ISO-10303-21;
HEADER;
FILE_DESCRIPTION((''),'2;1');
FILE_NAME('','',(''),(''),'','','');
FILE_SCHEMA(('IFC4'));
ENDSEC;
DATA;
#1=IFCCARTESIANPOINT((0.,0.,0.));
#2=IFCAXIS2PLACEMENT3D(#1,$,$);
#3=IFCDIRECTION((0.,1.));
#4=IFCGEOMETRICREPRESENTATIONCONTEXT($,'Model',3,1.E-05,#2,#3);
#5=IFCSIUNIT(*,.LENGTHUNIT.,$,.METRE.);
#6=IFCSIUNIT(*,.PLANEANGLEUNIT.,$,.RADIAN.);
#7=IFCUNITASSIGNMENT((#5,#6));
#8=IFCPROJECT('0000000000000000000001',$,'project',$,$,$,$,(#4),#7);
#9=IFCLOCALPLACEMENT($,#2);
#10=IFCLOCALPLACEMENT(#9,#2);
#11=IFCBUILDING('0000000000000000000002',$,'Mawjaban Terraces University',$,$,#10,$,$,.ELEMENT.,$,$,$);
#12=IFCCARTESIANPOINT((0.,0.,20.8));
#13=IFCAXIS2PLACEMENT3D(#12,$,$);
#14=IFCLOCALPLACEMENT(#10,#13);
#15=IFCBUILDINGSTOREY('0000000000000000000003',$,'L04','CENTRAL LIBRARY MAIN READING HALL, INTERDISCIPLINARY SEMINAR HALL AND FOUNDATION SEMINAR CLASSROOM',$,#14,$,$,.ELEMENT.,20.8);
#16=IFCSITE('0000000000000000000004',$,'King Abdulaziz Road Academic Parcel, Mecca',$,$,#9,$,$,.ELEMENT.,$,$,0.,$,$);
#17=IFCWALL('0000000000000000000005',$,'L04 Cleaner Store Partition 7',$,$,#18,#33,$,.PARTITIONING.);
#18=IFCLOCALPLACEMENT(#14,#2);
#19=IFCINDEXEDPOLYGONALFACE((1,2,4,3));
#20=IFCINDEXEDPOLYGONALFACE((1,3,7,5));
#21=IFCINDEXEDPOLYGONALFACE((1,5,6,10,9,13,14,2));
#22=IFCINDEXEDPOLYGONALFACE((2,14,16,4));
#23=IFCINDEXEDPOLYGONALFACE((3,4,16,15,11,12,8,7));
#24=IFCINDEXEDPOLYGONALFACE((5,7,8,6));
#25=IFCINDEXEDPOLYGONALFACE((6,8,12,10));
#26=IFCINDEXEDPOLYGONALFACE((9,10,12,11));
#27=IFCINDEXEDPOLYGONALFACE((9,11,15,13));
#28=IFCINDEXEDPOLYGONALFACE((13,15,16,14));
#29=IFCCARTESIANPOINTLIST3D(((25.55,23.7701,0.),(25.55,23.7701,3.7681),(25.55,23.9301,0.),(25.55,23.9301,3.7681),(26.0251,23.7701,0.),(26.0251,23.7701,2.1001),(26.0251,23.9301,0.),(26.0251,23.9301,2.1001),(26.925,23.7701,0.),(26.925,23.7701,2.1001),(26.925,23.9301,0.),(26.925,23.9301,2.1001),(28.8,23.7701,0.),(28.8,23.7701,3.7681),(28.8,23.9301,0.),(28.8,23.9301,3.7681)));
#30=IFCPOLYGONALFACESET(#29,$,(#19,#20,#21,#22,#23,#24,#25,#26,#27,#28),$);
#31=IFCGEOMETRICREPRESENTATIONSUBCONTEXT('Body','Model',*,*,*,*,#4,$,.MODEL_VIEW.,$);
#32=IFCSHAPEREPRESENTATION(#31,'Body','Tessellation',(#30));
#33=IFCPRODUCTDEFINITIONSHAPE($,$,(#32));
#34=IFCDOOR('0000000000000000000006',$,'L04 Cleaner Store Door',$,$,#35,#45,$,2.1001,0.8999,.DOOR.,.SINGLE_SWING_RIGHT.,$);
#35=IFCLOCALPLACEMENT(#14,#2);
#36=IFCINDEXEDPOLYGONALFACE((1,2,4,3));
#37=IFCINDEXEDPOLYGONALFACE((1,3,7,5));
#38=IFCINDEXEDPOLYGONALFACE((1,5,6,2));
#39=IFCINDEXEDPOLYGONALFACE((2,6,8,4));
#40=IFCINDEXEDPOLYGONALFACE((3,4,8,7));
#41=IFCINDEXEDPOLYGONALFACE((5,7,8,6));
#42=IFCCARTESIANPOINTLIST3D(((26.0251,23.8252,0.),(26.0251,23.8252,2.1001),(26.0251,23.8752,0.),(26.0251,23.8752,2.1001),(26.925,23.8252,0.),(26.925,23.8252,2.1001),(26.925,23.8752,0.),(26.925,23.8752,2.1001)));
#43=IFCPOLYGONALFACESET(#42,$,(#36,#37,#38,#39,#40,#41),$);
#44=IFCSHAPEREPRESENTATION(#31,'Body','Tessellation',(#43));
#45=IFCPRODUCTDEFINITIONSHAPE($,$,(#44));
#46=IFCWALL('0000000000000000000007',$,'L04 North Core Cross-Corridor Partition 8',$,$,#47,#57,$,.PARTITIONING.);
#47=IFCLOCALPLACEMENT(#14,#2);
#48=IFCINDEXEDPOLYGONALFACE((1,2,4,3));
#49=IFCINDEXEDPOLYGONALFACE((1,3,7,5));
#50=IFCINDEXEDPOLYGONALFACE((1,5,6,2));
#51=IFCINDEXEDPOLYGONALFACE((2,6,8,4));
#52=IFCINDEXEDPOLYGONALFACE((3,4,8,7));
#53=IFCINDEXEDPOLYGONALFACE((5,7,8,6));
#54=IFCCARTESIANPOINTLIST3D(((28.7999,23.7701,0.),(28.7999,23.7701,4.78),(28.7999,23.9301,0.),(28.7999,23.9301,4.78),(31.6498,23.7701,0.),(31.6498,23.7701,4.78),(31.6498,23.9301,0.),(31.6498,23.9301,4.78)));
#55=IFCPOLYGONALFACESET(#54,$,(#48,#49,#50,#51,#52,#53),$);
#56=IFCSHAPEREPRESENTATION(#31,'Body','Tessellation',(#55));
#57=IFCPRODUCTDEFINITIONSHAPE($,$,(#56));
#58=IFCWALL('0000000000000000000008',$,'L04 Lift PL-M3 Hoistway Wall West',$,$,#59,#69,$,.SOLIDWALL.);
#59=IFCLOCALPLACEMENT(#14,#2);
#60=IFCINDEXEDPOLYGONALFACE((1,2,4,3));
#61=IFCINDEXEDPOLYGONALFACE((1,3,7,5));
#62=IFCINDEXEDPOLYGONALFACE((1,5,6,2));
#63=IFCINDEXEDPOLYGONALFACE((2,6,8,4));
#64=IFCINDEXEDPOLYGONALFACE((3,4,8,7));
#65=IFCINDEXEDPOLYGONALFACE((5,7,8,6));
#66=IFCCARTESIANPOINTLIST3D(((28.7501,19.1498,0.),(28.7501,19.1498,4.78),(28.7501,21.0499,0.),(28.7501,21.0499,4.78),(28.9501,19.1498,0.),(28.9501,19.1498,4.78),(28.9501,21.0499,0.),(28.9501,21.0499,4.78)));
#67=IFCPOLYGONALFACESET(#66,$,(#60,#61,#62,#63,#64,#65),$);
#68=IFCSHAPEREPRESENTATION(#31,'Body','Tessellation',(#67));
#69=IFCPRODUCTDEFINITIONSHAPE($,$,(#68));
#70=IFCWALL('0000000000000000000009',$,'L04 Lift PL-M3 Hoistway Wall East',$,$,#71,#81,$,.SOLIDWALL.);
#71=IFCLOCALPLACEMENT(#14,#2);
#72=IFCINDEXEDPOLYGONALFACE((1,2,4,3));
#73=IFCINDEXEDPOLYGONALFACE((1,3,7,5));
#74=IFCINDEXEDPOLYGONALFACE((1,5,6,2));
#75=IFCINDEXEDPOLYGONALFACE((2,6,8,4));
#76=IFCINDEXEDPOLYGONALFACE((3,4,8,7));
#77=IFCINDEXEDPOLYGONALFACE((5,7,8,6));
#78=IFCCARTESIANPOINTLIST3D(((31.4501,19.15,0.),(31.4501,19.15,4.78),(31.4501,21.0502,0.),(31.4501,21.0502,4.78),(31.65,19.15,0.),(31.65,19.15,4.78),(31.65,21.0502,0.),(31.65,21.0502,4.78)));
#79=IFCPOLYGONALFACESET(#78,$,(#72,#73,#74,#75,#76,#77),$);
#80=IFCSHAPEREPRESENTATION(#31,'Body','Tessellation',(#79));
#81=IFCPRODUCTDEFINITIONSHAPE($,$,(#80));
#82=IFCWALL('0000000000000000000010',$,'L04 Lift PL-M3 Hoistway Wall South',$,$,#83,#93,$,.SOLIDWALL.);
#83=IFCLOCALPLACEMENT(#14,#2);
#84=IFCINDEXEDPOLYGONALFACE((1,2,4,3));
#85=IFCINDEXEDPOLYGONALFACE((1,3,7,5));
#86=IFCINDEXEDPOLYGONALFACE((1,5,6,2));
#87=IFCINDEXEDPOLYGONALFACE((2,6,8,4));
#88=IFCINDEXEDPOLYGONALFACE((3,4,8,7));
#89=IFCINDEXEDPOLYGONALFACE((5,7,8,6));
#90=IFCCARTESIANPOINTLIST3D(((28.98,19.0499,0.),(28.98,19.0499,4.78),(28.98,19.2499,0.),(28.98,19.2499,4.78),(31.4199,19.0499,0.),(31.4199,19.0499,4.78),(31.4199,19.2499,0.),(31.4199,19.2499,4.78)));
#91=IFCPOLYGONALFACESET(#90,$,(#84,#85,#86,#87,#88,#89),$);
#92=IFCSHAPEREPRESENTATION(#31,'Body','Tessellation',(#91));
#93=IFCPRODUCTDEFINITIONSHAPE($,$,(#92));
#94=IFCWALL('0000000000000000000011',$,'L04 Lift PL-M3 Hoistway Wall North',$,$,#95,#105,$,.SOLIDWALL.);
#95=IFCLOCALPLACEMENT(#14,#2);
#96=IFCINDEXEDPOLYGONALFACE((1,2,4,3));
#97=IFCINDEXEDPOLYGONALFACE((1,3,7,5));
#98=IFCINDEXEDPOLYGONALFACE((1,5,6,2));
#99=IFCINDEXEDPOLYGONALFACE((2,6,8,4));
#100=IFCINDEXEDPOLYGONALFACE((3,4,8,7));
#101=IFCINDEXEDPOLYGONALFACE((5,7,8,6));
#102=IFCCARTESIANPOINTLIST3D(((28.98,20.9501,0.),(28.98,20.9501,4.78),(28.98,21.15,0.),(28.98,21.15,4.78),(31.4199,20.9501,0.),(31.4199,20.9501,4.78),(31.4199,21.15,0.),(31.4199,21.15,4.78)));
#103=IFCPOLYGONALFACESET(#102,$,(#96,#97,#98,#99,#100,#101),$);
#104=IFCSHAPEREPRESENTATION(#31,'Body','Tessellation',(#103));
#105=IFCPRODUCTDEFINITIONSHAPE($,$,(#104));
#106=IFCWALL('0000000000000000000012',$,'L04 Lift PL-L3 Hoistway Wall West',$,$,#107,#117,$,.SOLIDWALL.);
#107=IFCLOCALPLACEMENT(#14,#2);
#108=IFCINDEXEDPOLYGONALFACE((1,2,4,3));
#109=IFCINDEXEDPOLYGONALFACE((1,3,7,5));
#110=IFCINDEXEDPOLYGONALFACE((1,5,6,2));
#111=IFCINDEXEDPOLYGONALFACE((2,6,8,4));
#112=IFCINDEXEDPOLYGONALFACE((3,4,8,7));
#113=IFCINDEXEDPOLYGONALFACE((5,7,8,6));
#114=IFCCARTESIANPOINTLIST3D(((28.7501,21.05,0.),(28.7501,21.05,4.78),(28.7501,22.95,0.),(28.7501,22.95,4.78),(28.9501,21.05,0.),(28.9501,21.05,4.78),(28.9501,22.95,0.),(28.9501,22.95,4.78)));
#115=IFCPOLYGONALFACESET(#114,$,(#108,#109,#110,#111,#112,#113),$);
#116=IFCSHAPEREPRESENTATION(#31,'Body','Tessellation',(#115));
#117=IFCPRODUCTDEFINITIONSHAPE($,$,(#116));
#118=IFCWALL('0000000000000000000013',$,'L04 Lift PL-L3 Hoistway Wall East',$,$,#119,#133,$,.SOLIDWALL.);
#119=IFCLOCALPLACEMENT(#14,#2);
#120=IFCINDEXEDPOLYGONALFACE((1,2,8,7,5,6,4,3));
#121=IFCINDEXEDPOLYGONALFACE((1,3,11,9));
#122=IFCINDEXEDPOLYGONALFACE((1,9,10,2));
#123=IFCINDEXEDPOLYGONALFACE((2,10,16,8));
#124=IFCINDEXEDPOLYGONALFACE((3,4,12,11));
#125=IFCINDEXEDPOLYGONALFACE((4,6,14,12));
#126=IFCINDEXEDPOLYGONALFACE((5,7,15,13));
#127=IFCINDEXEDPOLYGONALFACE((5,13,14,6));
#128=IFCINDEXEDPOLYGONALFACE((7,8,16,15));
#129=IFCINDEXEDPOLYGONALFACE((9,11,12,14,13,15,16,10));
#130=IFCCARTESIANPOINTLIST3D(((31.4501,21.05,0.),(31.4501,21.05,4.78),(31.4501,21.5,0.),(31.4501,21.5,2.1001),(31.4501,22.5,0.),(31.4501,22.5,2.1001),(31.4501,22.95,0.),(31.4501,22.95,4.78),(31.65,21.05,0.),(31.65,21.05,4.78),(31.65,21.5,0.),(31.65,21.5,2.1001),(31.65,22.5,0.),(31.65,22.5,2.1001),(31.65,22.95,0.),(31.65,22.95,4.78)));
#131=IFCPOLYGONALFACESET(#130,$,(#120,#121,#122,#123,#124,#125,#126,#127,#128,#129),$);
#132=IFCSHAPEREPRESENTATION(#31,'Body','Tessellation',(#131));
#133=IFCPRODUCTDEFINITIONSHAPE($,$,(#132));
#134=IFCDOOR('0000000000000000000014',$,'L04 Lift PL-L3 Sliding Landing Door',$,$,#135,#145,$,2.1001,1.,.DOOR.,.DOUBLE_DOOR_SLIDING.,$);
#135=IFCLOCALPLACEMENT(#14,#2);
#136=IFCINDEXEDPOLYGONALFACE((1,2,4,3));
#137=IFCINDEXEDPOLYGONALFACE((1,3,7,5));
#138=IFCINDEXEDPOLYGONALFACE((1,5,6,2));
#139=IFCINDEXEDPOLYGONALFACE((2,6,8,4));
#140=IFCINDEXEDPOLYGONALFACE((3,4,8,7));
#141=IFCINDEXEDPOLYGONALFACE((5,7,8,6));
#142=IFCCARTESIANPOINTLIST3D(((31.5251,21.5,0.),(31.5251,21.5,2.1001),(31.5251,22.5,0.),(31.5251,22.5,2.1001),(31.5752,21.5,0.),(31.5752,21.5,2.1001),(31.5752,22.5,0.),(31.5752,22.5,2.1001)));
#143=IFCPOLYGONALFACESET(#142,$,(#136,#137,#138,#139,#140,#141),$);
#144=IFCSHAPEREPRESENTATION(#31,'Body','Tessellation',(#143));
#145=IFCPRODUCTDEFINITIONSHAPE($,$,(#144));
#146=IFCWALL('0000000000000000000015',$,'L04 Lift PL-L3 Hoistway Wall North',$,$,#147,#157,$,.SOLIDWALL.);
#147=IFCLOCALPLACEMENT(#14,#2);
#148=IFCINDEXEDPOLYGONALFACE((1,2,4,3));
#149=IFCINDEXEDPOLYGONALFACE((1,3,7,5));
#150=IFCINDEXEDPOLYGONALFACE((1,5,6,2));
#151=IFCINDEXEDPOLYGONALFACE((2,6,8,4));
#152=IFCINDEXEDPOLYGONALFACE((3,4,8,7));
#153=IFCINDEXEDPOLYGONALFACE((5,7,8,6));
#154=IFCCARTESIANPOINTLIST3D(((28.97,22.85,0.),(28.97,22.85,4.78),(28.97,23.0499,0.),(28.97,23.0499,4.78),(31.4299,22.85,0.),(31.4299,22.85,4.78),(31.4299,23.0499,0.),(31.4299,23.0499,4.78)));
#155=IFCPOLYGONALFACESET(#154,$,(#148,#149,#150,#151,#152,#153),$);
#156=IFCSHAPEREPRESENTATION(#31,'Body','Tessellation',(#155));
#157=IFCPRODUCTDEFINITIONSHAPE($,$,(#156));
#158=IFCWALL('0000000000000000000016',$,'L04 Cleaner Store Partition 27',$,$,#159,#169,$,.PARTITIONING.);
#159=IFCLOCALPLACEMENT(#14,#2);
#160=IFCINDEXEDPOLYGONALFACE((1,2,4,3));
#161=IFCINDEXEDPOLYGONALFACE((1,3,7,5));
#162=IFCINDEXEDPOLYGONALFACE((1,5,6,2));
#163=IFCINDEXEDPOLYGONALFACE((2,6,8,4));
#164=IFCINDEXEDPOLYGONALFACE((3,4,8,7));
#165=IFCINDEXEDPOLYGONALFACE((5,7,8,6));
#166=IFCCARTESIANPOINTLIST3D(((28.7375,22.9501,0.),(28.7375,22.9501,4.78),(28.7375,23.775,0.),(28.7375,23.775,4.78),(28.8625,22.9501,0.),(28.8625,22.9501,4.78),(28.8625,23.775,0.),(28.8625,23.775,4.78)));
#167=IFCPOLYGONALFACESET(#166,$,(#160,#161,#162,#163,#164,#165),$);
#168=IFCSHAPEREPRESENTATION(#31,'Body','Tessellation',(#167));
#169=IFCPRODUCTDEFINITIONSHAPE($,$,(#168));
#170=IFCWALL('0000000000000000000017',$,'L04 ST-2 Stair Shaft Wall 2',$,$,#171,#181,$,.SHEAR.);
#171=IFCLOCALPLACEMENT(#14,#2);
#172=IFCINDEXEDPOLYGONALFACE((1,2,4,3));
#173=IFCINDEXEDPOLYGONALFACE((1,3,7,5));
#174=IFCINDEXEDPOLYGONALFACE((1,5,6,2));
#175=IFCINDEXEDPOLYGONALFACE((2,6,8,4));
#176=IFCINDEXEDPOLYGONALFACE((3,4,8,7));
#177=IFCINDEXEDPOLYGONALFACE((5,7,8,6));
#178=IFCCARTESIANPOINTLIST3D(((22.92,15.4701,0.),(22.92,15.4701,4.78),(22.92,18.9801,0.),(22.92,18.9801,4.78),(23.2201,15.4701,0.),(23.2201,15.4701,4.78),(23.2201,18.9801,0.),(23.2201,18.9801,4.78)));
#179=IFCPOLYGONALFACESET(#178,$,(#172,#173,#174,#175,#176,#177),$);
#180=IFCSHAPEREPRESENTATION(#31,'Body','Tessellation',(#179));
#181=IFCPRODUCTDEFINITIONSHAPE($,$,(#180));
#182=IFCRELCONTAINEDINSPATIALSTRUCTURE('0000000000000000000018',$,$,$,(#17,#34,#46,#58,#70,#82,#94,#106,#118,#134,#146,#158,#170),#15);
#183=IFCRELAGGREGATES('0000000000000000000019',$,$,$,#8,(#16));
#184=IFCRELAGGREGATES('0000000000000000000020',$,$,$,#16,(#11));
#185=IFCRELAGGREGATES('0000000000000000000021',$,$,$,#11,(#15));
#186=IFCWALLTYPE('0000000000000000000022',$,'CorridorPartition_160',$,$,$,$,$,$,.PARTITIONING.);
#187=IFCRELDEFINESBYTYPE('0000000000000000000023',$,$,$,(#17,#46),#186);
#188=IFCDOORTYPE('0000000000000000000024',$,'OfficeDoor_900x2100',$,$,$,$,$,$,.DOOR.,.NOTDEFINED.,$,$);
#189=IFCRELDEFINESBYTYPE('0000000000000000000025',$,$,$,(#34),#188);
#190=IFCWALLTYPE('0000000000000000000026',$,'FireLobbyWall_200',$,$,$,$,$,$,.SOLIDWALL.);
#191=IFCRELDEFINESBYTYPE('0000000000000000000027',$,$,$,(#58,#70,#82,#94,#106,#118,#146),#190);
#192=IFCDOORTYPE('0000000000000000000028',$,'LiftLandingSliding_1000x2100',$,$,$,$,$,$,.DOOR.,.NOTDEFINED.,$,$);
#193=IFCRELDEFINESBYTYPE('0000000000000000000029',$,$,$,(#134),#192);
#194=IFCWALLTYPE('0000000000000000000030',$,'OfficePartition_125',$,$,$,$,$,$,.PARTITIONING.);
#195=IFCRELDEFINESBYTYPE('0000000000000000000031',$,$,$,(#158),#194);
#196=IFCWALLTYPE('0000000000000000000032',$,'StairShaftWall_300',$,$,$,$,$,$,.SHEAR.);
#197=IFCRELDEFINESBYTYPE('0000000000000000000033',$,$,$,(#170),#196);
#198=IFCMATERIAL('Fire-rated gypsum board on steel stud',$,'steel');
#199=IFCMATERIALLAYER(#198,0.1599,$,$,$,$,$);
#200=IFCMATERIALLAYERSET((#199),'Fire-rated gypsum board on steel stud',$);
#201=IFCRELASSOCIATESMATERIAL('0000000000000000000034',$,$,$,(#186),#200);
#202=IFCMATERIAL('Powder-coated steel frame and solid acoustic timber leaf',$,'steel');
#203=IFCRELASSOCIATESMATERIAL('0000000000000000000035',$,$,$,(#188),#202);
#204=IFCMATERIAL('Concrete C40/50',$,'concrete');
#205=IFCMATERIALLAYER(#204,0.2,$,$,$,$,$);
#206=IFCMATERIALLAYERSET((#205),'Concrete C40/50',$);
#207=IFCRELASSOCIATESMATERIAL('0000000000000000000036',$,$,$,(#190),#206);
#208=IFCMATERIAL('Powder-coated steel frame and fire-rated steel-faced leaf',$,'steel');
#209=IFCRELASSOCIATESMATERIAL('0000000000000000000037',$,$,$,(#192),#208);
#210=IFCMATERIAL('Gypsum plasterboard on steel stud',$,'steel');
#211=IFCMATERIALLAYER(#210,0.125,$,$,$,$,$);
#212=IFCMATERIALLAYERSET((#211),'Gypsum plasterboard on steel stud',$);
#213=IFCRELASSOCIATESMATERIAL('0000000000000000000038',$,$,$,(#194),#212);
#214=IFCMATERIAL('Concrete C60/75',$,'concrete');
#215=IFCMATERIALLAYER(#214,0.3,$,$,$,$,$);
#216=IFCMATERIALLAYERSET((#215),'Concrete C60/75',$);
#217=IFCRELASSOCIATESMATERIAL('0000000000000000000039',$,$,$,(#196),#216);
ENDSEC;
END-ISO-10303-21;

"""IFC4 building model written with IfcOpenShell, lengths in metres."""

from ifc_helpers import new_model, si_unit, direction, frame, frame_2d, origin, place, context, subcontext, project, spatial, rectangle, extrude, material, layer, layer_set, type_object, element, fill, save


model = new_model("IFC4")

# Units and contexts
model_context = context("Model", 3, precision=1e-05, world=origin(), true_north=direction((0.0, 1.0)))
body_context = subcontext(model_context, "Body", "Model", "MODEL_VIEW")
ifc_project = project(units=[si_unit("LENGTHUNIT", "METRE"), si_unit("PLANEANGLEUNIT", "RADIAN")], contexts=[model_context])

# Site, building, storey
site_placement = place(None, origin())
site = spatial("IfcSite", under=ifc_project, at=site_placement, Name="King Abdulaziz Road Academic Parcel, Mecca", CompositionType="ELEMENT", RefElevation=0.0)
building_placement = place(site_placement, origin())
building = spatial("IfcBuilding", under=site, at=building_placement, Name="Mawjaban Terraces University", CompositionType="ELEMENT")
storey_placement = place(building_placement, frame((0.0, 0.0, 20.8)))
storey = spatial("IfcBuildingStorey", under=building, at=storey_placement, Name="L04", Description="CENTRAL LIBRARY MAIN READING HALL, INTERDISCIPLINARY SEMINAR HALL AND FOUNDATION SEMINAR CLASSROOM", CompositionType="ELEMENT", Elevation=20.8)

# Wall, opening, door
ifc_material_1 = material(Name="Fire-rated gypsum board on steel stud", Category="steel")
ifc_layer_1 = layer(ifc_material_1, 0.1599)
ifc_layer_set_1 = layer_set([ifc_layer_1], Name="Fire-rated gypsum board on steel stud")
wall_type_1 = type_object("IfcWallType", Name="CorridorPartition_160", PredefinedType="PARTITIONING", material=ifc_layer_set_1)
ifc_material_2 = material(Name="Powder-coated steel frame and solid acoustic timber leaf", Category="steel")
wall_1_placement = place(storey_placement, frame((28.8, 23.8501, 0.0), z_axis=(0.0, 0.0, 1.0), x_axis=(-1.0, 0.0, 0.0)))
wall_1 = element("IfcWall", 1, at=wall_1_placement, inside=storey, type_object=wall_type_1, Name="L04 Cleaner Store Partition 7", PredefinedType="PARTITIONING", context=body_context, shape_type="SweptSolid", body=[
    extrude(rectangle(XDim=3.25, YDim=0.1599, at=frame_2d((1.625, 0.0))), origin(), (0.0, 0.0, 1.0), 3.7681),
])
opening_1_placement = place(wall_1_placement, frame((1.875, 0.0, 0.0)))
opening_1 = element("IfcOpeningElement", 2, at=opening_1_placement, cuts=wall_1, PredefinedType="OPENING", context=body_context, shape_type="SweptSolid", body=[
    extrude(rectangle(XDim=0.8999, YDim=2.1001, at=frame_2d((0.45, 1.05))), frame((0.0, 0.0898, 0.0), z_axis=(0.0, -1.0, 0.0), x_axis=(1.0, 0.0, 0.0)), (0.0, 0.0, 1.0), 0.1799),
])
door_type_1 = type_object("IfcDoorType", Name="OfficeDoor_900x2100", OperationType="NOTDEFINED", PredefinedType="DOOR", material=ifc_material_2)
door_1_placement = place(opening_1_placement, origin())
door_1 = element("IfcDoor", 3, at=door_1_placement, inside=storey, type_object=door_type_1, Name="L04 Cleaner Store Door", OperationType="SINGLE_SWING_RIGHT", OverallHeight=2.1001, OverallWidth=0.8999, PredefinedType="DOOR", context=body_context, shape_type="SweptSolid", body=[
    extrude(rectangle(XDim=0.8999, YDim=2.1001, at=frame_2d((0.45, 1.05))), frame((0.0, 0.0249, 0.0), z_axis=(0.0, -1.0, 0.0), x_axis=(1.0, 0.0, 0.0)), (0.0, 0.0, 1.0), 0.05),
])
fill(opening_1, door_1)

# Walls
wall_2_placement = place(storey_placement, frame((28.8, 23.8501, 0.0), z_axis=(0.0, 0.0, 1.0), x_axis=(1.0, 0.0, 0.0)))
element("IfcWall", 4, at=wall_2_placement, inside=storey, type_object=wall_type_1, Name="L04 North Core Cross-Corridor Partition 8", PredefinedType="PARTITIONING", context=body_context, shape_type="SweptSolid", body=[
    extrude(rectangle(XDim=2.8499, YDim=0.1599, at=frame_2d((1.4248, 0.0))), origin(), (0.0, 0.0, 1.0), 4.78),
])
ifc_material_3 = material(Name="Concrete C40/50", Category="concrete")
ifc_layer_2 = layer(ifc_material_3, 0.2)
ifc_layer_set_2 = layer_set([ifc_layer_2], Name="Concrete C40/50")
wall_type_2 = type_object("IfcWallType", Name="FireLobbyWall_200", PredefinedType="SOLIDWALL", material=ifc_layer_set_2)
for number, where, z_axis, x_axis, name in (
    (5, (28.8501, 21.05, 0.0), (0.0, 0.0, 1.0), (0.0, -1.0, 0.0), "L04 Lift PL-M3 Hoistway Wall West"),
    (6, (31.55, 19.1499, 0.0), (0.0, 0.0, 1.0), (0.0, 1.0, 0.0), "L04 Lift PL-M3 Hoistway Wall East"),
):
    element("IfcWall", number, at=place(storey_placement, frame(where, z_axis=z_axis, x_axis=x_axis)), inside=storey, type_object=wall_type_2, Name=name, PredefinedType="SOLIDWALL", context=body_context, shape_type="SweptSolid", body=[
        extrude(rectangle(XDim=1.9001, YDim=0.2, at=frame_2d((0.9502, 0.0))), origin(), (0.0, 0.0, 1.0), 4.78),
    ])
for number, where, z_axis, x_axis, name in (
    (7, (28.98, 19.1499, 0.0), (0.0, 0.0, 1.0), (1.0, 0.0, 0.0), "L04 Lift PL-M3 Hoistway Wall South"),
    (8, (31.4199, 21.05, 0.0), (0.0, 0.0, 1.0), (-1.0, 0.0, 0.0), "L04 Lift PL-M3 Hoistway Wall North"),
):
    element("IfcWall", number, at=place(storey_placement, frame(where, z_axis=z_axis, x_axis=x_axis)), inside=storey, type_object=wall_type_2, Name=name, PredefinedType="SOLIDWALL", context=body_context, shape_type="SweptSolid", body=[
        extrude(rectangle(XDim=2.4399, YDim=0.2, at=frame_2d((1.22, 0.0))), origin(), (0.0, 0.0, 1.0), 4.78),
    ])
wall_3_placement = place(storey_placement, frame((28.8501, 22.95, 0.0), z_axis=(0.0, 0.0, 1.0), x_axis=(0.0, -1.0, 0.0)))
element("IfcWall", 9, at=wall_3_placement, inside=storey, type_object=wall_type_2, Name="L04 Lift PL-L3 Hoistway Wall West", PredefinedType="SOLIDWALL", context=body_context, shape_type="SweptSolid", body=[
    extrude(rectangle(XDim=1.8999, YDim=0.2, at=frame_2d((0.95, 0.0))), origin(), (0.0, 0.0, 1.0), 4.78),
])

# Wall, opening, door
wall_4_placement = place(storey_placement, frame((31.55, 21.05, 0.0), z_axis=(0.0, 0.0, 1.0), x_axis=(0.0, 1.0, 0.0)))
wall_4 = element("IfcWall", 10, at=wall_4_placement, inside=storey, type_object=wall_type_2, Name="L04 Lift PL-L3 Hoistway Wall East", PredefinedType="SOLIDWALL", context=body_context, shape_type="SweptSolid", body=[
    extrude(rectangle(XDim=1.8999, YDim=0.2, at=frame_2d((0.95, 0.0))), origin(), (0.0, 0.0, 1.0), 4.78),
])
opening_2_placement = place(wall_4_placement, frame((0.45, 0.0, 0.0)))
opening_2 = element("IfcOpeningElement", 11, at=opening_2_placement, cuts=wall_4, PredefinedType="OPENING", context=body_context, shape_type="SweptSolid", body=[
    extrude(rectangle(XDim=1.0, YDim=2.1001, at=frame_2d((0.5, 1.05))), frame((0.0, 0.1099, 0.0), z_axis=(0.0, -1.0, 0.0), x_axis=(1.0, 0.0, 0.0)), (0.0, 0.0, 1.0), 0.22),
])
ifc_material_4 = material(Name="Powder-coated steel frame and fire-rated steel-faced leaf", Category="steel")
door_type_2 = type_object("IfcDoorType", Name="LiftLandingSliding_1000x2100", OperationType="NOTDEFINED", PredefinedType="DOOR", material=ifc_material_4)
door_2_placement = place(opening_2_placement, origin())
door_2 = element("IfcDoor", 12, at=door_2_placement, inside=storey, type_object=door_type_2, Name="L04 Lift PL-L3 Sliding Landing Door", OperationType="DOUBLE_DOOR_SLIDING", OverallHeight=2.1001, OverallWidth=1.0, PredefinedType="DOOR", context=body_context, shape_type="SweptSolid", body=[
    extrude(rectangle(XDim=1.0, YDim=2.1001, at=frame_2d((0.5, 1.05))), frame((0.0, 0.0249, 0.0), z_axis=(0.0, -1.0, 0.0), x_axis=(1.0, 0.0, 0.0)), (0.0, 0.0, 1.0), 0.05),
])
fill(opening_2, door_2)

# Walls
wall_5_placement = place(storey_placement, frame((31.4299, 22.95, 0.0), z_axis=(0.0, 0.0, 1.0), x_axis=(-1.0, 0.0, 0.0)))
element("IfcWall", 13, at=wall_5_placement, inside=storey, type_object=wall_type_2, Name="L04 Lift PL-L3 Hoistway Wall North", PredefinedType="SOLIDWALL", context=body_context, shape_type="SweptSolid", body=[
    extrude(rectangle(XDim=2.46, YDim=0.2, at=frame_2d((1.23, 0.0))), origin(), (0.0, 0.0, 1.0), 4.78),
])
ifc_material_5 = material(Name="Gypsum plasterboard on steel stud", Category="steel")
ifc_layer_3 = layer(ifc_material_5, 0.125)
ifc_layer_set_3 = layer_set([ifc_layer_3], Name="Gypsum plasterboard on steel stud")
wall_type_3 = type_object("IfcWallType", Name="OfficePartition_125", PredefinedType="PARTITIONING", material=ifc_layer_set_3)
wall_6_placement = place(storey_placement, frame((28.8, 22.95, 0.0), z_axis=(0.0, 0.0, 1.0), x_axis=(0.0, 1.0, 0.0)))
element("IfcWall", 14, at=wall_6_placement, inside=storey, type_object=wall_type_3, Name="L04 Cleaner Store Partition 27", PredefinedType="PARTITIONING", context=body_context, shape_type="SweptSolid", body=[
    extrude(rectangle(XDim=0.825, YDim=0.125, at=frame_2d((0.4126, 0.0))), origin(), (0.0, 0.0, 1.0), 4.78),
])
ifc_material_6 = material(Name="Concrete C60/75", Category="concrete")
ifc_layer_4 = layer(ifc_material_6, 0.3)
ifc_layer_set_4 = layer_set([ifc_layer_4], Name="Concrete C60/75")
wall_type_4 = type_object("IfcWallType", Name="StairShaftWall_300", PredefinedType="SHEAR", material=ifc_layer_set_4)
wall_7_placement = place(storey_placement, frame((23.0701, 18.98, 0.0), z_axis=(0.0, 0.0, 1.0), x_axis=(0.0, -1.0, 0.0)))
element("IfcWall", 15, at=wall_7_placement, inside=storey, type_object=wall_type_4, Name="L04 ST-2 Stair Shaft Wall 2", PredefinedType="SHEAR", context=body_context, shape_type="SweptSolid", body=[
    extrude(rectangle(XDim=3.51, YDim=0.3, at=frame_2d((1.7549, 0.0))), origin(), (0.0, 0.0, 1.0), 4.78),
])

save(model, "model.ifc")
